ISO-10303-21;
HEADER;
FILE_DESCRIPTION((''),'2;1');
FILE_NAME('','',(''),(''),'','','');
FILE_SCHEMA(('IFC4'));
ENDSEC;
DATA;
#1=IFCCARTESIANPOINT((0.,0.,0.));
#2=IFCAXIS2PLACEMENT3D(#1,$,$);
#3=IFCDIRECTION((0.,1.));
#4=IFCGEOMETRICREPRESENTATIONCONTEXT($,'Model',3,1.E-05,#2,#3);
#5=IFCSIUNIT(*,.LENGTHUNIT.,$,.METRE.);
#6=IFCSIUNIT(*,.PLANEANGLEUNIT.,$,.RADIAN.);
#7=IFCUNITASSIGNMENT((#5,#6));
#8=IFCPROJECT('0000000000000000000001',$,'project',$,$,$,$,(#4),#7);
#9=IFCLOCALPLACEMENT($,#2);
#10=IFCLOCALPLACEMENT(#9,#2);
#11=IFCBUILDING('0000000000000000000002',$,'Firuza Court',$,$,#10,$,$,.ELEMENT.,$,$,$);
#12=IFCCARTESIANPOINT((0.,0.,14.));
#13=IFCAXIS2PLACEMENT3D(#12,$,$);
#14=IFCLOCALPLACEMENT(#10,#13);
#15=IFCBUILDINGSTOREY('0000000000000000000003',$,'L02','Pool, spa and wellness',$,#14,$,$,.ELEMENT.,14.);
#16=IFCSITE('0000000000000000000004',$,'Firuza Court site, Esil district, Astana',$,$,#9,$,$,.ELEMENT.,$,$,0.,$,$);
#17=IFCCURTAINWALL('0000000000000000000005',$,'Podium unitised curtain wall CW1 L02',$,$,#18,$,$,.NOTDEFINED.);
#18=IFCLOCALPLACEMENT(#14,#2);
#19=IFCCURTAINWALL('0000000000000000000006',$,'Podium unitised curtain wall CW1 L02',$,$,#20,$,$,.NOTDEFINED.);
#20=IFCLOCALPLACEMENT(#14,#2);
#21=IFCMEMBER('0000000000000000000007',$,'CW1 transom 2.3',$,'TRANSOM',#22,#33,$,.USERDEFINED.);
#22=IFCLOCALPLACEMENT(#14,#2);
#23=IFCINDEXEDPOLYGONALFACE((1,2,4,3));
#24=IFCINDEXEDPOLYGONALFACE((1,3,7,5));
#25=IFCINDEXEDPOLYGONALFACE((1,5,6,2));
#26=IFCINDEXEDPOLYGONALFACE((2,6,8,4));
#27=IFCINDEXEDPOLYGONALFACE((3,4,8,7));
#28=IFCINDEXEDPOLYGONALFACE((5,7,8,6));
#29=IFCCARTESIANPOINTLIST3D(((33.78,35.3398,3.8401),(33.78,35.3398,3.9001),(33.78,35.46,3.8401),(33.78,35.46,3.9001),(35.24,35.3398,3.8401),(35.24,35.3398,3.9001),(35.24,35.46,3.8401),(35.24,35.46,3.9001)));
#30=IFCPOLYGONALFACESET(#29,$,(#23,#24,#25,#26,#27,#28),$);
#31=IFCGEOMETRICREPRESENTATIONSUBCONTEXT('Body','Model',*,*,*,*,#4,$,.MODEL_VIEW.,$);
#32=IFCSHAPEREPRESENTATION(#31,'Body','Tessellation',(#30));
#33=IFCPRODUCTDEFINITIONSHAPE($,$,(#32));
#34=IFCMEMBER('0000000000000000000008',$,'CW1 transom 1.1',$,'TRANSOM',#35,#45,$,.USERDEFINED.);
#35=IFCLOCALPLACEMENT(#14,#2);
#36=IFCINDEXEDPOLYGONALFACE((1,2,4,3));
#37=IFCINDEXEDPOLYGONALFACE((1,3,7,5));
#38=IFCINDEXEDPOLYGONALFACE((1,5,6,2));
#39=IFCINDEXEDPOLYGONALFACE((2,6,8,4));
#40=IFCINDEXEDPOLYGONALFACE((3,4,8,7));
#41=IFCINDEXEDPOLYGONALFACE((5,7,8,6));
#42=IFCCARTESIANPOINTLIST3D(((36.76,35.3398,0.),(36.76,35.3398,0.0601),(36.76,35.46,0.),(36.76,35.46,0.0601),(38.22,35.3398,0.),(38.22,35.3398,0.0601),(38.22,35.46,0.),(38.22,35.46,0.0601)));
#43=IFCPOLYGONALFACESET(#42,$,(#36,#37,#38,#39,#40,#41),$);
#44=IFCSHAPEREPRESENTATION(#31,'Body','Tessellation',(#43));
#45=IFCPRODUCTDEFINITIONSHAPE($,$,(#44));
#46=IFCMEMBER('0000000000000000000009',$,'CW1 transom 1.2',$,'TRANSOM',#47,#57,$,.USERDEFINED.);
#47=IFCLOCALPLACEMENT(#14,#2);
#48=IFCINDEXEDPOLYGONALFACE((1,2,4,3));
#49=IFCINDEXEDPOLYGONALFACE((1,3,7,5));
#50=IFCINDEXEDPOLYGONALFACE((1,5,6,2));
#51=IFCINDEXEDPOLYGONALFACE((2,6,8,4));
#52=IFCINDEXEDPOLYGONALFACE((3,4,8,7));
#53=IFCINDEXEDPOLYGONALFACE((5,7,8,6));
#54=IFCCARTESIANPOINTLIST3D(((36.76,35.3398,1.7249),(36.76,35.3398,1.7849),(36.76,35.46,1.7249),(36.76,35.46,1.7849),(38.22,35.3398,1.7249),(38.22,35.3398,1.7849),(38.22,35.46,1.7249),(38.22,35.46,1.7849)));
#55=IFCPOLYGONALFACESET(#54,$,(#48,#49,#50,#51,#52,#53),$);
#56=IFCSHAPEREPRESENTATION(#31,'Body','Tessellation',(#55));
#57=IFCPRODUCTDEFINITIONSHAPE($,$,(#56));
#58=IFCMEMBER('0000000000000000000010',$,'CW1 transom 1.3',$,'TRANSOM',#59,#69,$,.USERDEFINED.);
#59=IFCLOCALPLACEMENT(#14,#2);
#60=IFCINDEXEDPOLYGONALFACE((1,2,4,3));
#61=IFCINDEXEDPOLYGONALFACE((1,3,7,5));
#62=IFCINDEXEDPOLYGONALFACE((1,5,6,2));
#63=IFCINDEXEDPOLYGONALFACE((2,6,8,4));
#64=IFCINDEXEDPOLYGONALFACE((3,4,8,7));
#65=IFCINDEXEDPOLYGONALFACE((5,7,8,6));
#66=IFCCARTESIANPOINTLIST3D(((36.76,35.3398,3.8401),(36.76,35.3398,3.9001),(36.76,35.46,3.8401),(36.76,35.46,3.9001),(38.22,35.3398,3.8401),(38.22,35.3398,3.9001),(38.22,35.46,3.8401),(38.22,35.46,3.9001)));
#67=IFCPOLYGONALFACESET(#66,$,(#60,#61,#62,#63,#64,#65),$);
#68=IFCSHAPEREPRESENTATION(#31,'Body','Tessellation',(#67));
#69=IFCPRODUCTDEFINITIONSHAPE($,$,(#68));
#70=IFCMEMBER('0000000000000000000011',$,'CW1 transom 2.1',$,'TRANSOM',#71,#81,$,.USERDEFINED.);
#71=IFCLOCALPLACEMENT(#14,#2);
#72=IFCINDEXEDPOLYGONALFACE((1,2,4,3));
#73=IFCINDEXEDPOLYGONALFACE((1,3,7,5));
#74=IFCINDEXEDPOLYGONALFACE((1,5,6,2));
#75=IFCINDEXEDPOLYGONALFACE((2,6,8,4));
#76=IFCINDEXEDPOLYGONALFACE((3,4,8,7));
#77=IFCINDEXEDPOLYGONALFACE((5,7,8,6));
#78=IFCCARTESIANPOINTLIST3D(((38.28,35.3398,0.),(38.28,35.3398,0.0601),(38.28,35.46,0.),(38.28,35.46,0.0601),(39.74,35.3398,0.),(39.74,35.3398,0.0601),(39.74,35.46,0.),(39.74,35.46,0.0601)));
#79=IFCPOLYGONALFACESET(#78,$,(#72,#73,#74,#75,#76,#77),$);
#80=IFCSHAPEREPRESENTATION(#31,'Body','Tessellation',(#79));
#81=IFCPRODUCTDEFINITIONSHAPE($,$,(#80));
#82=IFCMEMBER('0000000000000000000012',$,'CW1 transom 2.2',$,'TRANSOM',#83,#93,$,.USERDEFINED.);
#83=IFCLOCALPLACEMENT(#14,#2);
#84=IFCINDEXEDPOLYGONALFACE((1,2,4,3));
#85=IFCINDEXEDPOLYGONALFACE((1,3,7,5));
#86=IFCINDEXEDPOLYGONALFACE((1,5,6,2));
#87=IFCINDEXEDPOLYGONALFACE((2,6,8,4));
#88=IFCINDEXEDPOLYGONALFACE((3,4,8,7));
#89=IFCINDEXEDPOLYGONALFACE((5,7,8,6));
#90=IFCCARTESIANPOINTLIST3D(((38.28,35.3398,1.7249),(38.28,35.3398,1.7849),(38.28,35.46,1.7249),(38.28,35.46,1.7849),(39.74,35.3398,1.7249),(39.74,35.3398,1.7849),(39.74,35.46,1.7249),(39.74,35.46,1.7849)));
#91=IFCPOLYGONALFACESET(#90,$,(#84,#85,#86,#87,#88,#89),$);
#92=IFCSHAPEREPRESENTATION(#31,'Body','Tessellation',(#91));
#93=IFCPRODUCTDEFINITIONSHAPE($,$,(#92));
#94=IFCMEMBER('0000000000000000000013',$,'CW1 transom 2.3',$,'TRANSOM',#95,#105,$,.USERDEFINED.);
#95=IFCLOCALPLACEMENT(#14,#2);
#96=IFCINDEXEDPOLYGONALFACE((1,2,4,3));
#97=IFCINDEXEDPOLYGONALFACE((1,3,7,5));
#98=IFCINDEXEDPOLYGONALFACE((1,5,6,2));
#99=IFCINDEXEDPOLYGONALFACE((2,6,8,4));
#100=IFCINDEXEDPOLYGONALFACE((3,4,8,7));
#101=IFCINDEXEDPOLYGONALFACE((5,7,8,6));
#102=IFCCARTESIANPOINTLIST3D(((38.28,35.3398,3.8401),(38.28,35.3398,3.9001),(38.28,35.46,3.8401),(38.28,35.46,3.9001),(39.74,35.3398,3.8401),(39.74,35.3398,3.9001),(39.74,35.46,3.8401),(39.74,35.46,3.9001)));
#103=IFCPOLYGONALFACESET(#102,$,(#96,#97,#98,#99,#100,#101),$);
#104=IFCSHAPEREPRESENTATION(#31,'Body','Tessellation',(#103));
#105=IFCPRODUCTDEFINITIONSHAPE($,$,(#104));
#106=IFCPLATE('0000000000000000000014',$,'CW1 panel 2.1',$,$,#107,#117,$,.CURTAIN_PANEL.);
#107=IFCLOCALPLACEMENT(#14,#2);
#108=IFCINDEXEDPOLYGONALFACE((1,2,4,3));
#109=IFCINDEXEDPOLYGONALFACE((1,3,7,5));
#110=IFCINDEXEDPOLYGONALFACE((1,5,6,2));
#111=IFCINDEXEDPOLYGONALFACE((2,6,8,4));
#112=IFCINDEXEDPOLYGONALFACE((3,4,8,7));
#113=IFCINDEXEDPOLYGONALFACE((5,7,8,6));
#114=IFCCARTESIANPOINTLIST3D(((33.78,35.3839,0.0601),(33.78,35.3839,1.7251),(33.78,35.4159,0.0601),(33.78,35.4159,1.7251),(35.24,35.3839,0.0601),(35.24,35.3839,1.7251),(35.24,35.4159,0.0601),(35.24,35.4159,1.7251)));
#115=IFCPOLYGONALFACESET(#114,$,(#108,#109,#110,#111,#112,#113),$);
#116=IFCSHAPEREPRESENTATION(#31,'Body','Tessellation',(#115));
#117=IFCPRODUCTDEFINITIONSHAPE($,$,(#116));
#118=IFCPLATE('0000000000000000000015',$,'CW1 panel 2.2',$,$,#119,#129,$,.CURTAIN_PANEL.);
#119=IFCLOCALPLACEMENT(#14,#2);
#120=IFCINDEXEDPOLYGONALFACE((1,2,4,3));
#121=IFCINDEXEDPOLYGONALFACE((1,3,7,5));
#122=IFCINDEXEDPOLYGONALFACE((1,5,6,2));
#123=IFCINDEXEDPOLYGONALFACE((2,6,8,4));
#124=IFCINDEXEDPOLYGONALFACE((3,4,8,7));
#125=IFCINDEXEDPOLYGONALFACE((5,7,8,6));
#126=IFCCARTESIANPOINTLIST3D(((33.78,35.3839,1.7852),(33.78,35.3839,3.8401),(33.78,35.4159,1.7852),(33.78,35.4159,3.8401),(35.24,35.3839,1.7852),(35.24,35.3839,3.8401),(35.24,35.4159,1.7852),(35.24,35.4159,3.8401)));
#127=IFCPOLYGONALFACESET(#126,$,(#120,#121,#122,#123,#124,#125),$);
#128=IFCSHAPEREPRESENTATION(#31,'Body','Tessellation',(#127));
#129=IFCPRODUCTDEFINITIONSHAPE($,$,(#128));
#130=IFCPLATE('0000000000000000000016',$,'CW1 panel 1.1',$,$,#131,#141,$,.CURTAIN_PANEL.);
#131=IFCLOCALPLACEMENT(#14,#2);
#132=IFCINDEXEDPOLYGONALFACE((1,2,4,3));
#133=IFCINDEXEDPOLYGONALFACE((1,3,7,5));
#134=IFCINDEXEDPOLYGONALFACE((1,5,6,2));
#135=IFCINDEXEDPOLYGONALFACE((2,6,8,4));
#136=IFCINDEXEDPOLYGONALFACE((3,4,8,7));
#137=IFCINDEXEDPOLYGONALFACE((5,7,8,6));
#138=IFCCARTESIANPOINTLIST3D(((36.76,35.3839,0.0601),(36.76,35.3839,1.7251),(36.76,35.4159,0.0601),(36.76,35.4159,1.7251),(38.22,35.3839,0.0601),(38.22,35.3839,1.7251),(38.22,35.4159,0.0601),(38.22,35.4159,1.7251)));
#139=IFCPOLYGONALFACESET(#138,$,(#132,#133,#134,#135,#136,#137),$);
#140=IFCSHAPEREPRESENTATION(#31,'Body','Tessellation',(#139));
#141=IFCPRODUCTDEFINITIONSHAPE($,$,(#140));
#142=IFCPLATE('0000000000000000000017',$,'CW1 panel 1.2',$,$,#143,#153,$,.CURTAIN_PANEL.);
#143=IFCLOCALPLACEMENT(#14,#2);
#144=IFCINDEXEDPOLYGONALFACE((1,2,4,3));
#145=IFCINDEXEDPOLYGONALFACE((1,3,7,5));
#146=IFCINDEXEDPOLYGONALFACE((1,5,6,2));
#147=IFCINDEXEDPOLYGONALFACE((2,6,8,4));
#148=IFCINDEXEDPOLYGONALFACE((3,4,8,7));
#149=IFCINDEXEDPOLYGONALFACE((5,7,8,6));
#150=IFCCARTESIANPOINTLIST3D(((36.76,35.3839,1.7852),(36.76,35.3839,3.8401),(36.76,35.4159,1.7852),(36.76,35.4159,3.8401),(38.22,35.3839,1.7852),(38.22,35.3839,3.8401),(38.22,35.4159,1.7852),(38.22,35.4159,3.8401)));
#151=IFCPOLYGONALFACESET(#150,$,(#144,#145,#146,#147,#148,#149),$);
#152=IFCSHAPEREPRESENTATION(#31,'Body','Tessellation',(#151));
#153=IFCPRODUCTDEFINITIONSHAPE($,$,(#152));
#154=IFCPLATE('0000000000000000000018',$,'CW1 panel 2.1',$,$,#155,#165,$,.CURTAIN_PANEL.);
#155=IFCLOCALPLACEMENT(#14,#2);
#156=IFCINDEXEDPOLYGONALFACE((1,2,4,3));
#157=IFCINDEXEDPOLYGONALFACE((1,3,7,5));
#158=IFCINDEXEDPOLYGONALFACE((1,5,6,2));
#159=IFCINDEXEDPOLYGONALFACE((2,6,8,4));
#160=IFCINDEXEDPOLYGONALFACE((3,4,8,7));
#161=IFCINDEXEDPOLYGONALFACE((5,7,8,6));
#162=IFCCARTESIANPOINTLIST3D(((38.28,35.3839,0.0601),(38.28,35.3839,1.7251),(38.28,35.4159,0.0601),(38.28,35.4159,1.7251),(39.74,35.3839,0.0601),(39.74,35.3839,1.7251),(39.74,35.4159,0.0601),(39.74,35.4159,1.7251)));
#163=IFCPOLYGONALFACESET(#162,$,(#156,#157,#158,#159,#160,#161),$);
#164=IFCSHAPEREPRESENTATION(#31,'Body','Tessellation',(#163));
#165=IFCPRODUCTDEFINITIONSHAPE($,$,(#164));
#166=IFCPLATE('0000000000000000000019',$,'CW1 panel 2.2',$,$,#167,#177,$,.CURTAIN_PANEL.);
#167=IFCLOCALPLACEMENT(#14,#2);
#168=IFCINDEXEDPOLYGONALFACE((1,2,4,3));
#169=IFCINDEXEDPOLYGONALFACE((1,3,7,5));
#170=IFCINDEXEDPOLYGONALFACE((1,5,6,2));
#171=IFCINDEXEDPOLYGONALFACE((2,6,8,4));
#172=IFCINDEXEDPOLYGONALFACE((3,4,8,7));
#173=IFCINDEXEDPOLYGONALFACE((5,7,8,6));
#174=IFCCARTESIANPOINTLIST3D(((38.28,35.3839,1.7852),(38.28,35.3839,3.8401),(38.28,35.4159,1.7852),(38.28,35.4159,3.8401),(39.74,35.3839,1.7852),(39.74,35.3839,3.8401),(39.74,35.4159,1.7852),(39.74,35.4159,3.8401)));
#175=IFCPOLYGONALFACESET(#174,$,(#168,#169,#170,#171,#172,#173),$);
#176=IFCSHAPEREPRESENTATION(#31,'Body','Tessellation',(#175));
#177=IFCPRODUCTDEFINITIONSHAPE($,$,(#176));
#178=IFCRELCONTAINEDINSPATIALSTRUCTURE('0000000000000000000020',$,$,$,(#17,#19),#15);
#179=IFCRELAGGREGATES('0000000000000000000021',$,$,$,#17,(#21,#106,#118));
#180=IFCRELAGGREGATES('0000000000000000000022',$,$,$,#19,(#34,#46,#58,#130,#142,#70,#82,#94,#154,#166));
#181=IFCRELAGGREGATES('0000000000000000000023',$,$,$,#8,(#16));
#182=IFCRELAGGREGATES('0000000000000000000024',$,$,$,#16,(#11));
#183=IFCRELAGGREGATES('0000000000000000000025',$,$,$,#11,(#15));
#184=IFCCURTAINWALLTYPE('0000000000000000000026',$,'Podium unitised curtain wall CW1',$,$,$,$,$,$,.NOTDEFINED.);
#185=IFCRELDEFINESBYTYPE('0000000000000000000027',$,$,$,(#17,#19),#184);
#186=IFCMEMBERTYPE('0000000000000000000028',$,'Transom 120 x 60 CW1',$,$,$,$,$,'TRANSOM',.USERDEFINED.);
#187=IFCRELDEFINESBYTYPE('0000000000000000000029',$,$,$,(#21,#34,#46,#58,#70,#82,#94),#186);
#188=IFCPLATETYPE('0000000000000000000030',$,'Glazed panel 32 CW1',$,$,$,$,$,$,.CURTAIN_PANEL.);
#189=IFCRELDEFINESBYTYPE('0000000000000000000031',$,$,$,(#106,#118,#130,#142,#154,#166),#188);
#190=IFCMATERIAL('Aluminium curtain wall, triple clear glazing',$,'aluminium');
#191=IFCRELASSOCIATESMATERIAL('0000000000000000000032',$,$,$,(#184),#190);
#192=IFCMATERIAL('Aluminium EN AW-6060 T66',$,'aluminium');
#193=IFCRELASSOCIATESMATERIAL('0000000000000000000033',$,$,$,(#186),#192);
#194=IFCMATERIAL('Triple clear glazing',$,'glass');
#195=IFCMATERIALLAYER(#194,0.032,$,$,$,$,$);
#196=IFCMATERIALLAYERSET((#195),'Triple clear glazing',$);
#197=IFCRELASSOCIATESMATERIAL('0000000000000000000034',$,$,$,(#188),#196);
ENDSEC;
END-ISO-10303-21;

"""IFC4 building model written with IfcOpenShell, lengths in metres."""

from ifc_helpers import new_model, si_unit, direction, frame, origin, origin_2d, place, context, subcontext, project, spatial, rectangle, extrude, material, layer, layer_set, material_profile, profile_set, type_object, element, aggregate, save


model = new_model("IFC4")

# Units and contexts
model_context = context("Model", 3, precision=1e-05, world=origin(), true_north=direction((0.0, 1.0)))
body_context = subcontext(model_context, "Body", "Model", "MODEL_VIEW")
ifc_project = project(units=[si_unit("LENGTHUNIT", "METRE"), si_unit("PLANEANGLEUNIT", "RADIAN")], contexts=[model_context])

# Site, building, storey
site_placement = place(None, origin())
site = spatial("IfcSite", under=ifc_project, at=site_placement, Name="Firuza Court site, Esil district, Astana", CompositionType="ELEMENT", RefElevation=0.0)
building_placement = place(site_placement, origin())
building = spatial("IfcBuilding", under=site, at=building_placement, Name="Firuza Court", CompositionType="ELEMENT")
storey_placement = place(building_placement, frame((0.0, 0.0, 14.0)))
storey = spatial("IfcBuildingStorey", under=building, at=storey_placement, Name="L02", Description="Pool, spa and wellness", CompositionType="ELEMENT", Elevation=14.0)

# Curtain walls
ifc_material_1 = material(Name="Aluminium curtain wall, triple clear glazing", Category="aluminium")
curtain_wall_type = type_object("IfcCurtainWallType", Name="Podium unitised curtain wall CW1", PredefinedType="NOTDEFINED", material=ifc_material_1)
curtain_wall_1_placement = place(storey_placement, origin())
curtain_wall_1 = element("IfcCurtainWall", 1, at=curtain_wall_1_placement, inside=storey, type_object=curtain_wall_type, Name="Podium unitised curtain wall CW1 L02", PredefinedType="NOTDEFINED")
curtain_wall_2_placement = place(storey_placement, origin())
curtain_wall_2 = element("IfcCurtainWall", 2, at=curtain_wall_2_placement, inside=storey, type_object=curtain_wall_type, Name="Podium unitised curtain wall CW1 L02", PredefinedType="NOTDEFINED")

# Members
ifc_material_2 = material(Name="Aluminium EN AW-6060 T66", Category="aluminium")
ifc_material_profile_1 = material_profile(ifc_material_2, rectangle(XDim=0.1201, YDim=0.0601, at=origin_2d()), Name="Transom 120 x 60 CW1")
ifc_profile_set_1 = profile_set([ifc_material_profile_1], Name="Aluminium EN AW-6060 T66")
member_type_1 = type_object("IfcMemberType", Name="Transom 120 x 60 CW1", ElementType="TRANSOM", PredefinedType="USERDEFINED", material=ifc_profile_set_1)
member_1_placement = place(storey_placement, frame((33.78, 35.3999, 3.8701), z_axis=(1.0, 0.0, 0.0), x_axis=(0.0, 1.0, 0.0)))
member_1 = element("IfcMember", 3, at=member_1_placement, type_object=member_type_1, Name="CW1 transom 2.3", ObjectType="TRANSOM", PredefinedType="USERDEFINED", context=body_context, shape_type="SweptSolid", body=[
    extrude(rectangle(XDim=0.1201, YDim=0.0601, at=origin_2d()), origin(), (0.0, 0.0, 1.0), 1.46),
])
member_2_placement = place(storey_placement, frame((36.76, 35.3999, 0.03), z_axis=(1.0, 0.0, 0.0), x_axis=(0.0, 1.0, 0.0)))
member_2 = element("IfcMember", 4, at=member_2_placement, type_object=member_type_1, Name="CW1 transom 1.1", ObjectType="TRANSOM", PredefinedType="USERDEFINED", context=body_context, shape_type="SweptSolid", body=[
    extrude(rectangle(XDim=0.1201, YDim=0.0601, at=origin_2d()), origin(), (0.0, 0.0, 1.0), 1.46),
])
member_3_placement = place(storey_placement, frame((36.76, 35.3999, 1.7549), z_axis=(1.0, 0.0, 0.0), x_axis=(0.0, 1.0, 0.0)))
member_3 = element("IfcMember", 5, at=member_3_placement, type_object=member_type_1, Name="CW1 transom 1.2", ObjectType="TRANSOM", PredefinedType="USERDEFINED", context=body_context, shape_type="SweptSolid", body=[
    extrude(rectangle(XDim=0.1201, YDim=0.0601, at=origin_2d()), origin(), (0.0, 0.0, 1.0), 1.46),
])
member_4_placement = place(storey_placement, frame((36.76, 35.3999, 3.8701), z_axis=(1.0, 0.0, 0.0), x_axis=(0.0, 1.0, 0.0)))
member_4 = element("IfcMember", 6, at=member_4_placement, type_object=member_type_1, Name="CW1 transom 1.3", ObjectType="TRANSOM", PredefinedType="USERDEFINED", context=body_context, shape_type="SweptSolid", body=[
    extrude(rectangle(XDim=0.1201, YDim=0.0601, at=origin_2d()), origin(), (0.0, 0.0, 1.0), 1.46),
])
member_5_placement = place(storey_placement, frame((38.28, 35.3999, 0.03), z_axis=(1.0, 0.0, 0.0), x_axis=(0.0, 1.0, 0.0)))
member_5 = element("IfcMember", 7, at=member_5_placement, type_object=member_type_1, Name="CW1 transom 2.1", ObjectType="TRANSOM", PredefinedType="USERDEFINED", context=body_context, shape_type="SweptSolid", body=[
    extrude(rectangle(XDim=0.1201, YDim=0.0601, at=origin_2d()), origin(), (0.0, 0.0, 1.0), 1.46),
])
member_6_placement = place(storey_placement, frame((38.28, 35.3999, 1.7549), z_axis=(1.0, 0.0, 0.0), x_axis=(0.0, 1.0, 0.0)))
member_6 = element("IfcMember", 8, at=member_6_placement, type_object=member_type_1, Name="CW1 transom 2.2", ObjectType="TRANSOM", PredefinedType="USERDEFINED", context=body_context, shape_type="SweptSolid", body=[
    extrude(rectangle(XDim=0.1201, YDim=0.0601, at=origin_2d()), origin(), (0.0, 0.0, 1.0), 1.46),
])
member_7_placement = place(storey_placement, frame((38.28, 35.3999, 3.8701), z_axis=(1.0, 0.0, 0.0), x_axis=(0.0, 1.0, 0.0)))
member_7 = element("IfcMember", 9, at=member_7_placement, type_object=member_type_1, Name="CW1 transom 2.3", ObjectType="TRANSOM", PredefinedType="USERDEFINED", context=body_context, shape_type="SweptSolid", body=[
    extrude(rectangle(XDim=0.1201, YDim=0.0601, at=origin_2d()), origin(), (0.0, 0.0, 1.0), 1.46),
])

# Plates
ifc_material_3 = material(Name="Triple clear glazing", Category="glass")
ifc_layer = layer(ifc_material_3, 0.032)
ifc_layer_set = layer_set([ifc_layer], Name="Triple clear glazing")
plate_type = type_object("IfcPlateType", Name="Glazed panel 32 CW1", PredefinedType="CURTAIN_PANEL", material=ifc_layer_set)
plate_1_placement = place(storey_placement, frame((34.51, 35.3999, 0.0601), z_axis=(0.0, 0.0, 1.0), x_axis=(1.0, 0.0, 0.0)))
plate_1 = element("IfcPlate", 10, at=plate_1_placement, type_object=plate_type, Name="CW1 panel 2.1", PredefinedType="CURTAIN_PANEL", context=body_context, shape_type="SweptSolid", body=[
    extrude(rectangle(XDim=1.46, YDim=0.032, at=origin_2d()), origin(), (0.0, 0.0, 1.0), 1.665),
])
plate_2_placement = place(storey_placement, frame((34.51, 35.3999, 1.7852), z_axis=(0.0, 0.0, 1.0), x_axis=(1.0, 0.0, 0.0)))
plate_2 = element("IfcPlate", 11, at=plate_2_placement, type_object=plate_type, Name="CW1 panel 2.2", PredefinedType="CURTAIN_PANEL", context=body_context, shape_type="SweptSolid", body=[
    extrude(rectangle(XDim=1.46, YDim=0.032, at=origin_2d()), origin(), (0.0, 0.0, 1.0), 2.0549),
])
aggregate(curtain_wall_1, [member_1, plate_1, plate_2])
plate_3_placement = place(storey_placement, frame((37.49, 35.3999, 0.0601), z_axis=(0.0, 0.0, 1.0), x_axis=(1.0, 0.0, 0.0)))
plate_3 = element("IfcPlate", 12, at=plate_3_placement, type_object=plate_type, Name="CW1 panel 1.1", PredefinedType="CURTAIN_PANEL", context=body_context, shape_type="SweptSolid", body=[
    extrude(rectangle(XDim=1.46, YDim=0.032, at=origin_2d()), origin(), (0.0, 0.0, 1.0), 1.665),
])
plate_4_placement = place(storey_placement, frame((37.49, 35.3999, 1.7852), z_axis=(0.0, 0.0, 1.0), x_axis=(1.0, 0.0, 0.0)))
plate_4 = element("IfcPlate", 13, at=plate_4_placement, type_object=plate_type, Name="CW1 panel 1.2", PredefinedType="CURTAIN_PANEL", context=body_context, shape_type="SweptSolid", body=[
    extrude(rectangle(XDim=1.46, YDim=0.032, at=origin_2d()), origin(), (0.0, 0.0, 1.0), 2.0549),
])
plate_5_placement = place(storey_placement, frame((39.01, 35.3999, 0.0601), z_axis=(0.0, 0.0, 1.0), x_axis=(1.0, 0.0, 0.0)))
plate_5 = element("IfcPlate", 14, at=plate_5_placement, type_object=plate_type, Name="CW1 panel 2.1", PredefinedType="CURTAIN_PANEL", context=body_context, shape_type="SweptSolid", body=[
    extrude(rectangle(XDim=1.46, YDim=0.032, at=origin_2d()), origin(), (0.0, 0.0, 1.0), 1.665),
])
plate_6_placement = place(storey_placement, frame((39.01, 35.3999, 1.7852), z_axis=(0.0, 0.0, 1.0), x_axis=(1.0, 0.0, 0.0)))
plate_6 = element("IfcPlate", 15, at=plate_6_placement, type_object=plate_type, Name="CW1 panel 2.2", PredefinedType="CURTAIN_PANEL", context=body_context, shape_type="SweptSolid", body=[
    extrude(rectangle(XDim=1.46, YDim=0.032, at=origin_2d()), origin(), (0.0, 0.0, 1.0), 2.0549),
])
aggregate(curtain_wall_2, [member_2, member_3, member_4, plate_3, plate_4, member_5, member_6, member_7, plate_5, plate_6])

save(model, "model.ifc")
